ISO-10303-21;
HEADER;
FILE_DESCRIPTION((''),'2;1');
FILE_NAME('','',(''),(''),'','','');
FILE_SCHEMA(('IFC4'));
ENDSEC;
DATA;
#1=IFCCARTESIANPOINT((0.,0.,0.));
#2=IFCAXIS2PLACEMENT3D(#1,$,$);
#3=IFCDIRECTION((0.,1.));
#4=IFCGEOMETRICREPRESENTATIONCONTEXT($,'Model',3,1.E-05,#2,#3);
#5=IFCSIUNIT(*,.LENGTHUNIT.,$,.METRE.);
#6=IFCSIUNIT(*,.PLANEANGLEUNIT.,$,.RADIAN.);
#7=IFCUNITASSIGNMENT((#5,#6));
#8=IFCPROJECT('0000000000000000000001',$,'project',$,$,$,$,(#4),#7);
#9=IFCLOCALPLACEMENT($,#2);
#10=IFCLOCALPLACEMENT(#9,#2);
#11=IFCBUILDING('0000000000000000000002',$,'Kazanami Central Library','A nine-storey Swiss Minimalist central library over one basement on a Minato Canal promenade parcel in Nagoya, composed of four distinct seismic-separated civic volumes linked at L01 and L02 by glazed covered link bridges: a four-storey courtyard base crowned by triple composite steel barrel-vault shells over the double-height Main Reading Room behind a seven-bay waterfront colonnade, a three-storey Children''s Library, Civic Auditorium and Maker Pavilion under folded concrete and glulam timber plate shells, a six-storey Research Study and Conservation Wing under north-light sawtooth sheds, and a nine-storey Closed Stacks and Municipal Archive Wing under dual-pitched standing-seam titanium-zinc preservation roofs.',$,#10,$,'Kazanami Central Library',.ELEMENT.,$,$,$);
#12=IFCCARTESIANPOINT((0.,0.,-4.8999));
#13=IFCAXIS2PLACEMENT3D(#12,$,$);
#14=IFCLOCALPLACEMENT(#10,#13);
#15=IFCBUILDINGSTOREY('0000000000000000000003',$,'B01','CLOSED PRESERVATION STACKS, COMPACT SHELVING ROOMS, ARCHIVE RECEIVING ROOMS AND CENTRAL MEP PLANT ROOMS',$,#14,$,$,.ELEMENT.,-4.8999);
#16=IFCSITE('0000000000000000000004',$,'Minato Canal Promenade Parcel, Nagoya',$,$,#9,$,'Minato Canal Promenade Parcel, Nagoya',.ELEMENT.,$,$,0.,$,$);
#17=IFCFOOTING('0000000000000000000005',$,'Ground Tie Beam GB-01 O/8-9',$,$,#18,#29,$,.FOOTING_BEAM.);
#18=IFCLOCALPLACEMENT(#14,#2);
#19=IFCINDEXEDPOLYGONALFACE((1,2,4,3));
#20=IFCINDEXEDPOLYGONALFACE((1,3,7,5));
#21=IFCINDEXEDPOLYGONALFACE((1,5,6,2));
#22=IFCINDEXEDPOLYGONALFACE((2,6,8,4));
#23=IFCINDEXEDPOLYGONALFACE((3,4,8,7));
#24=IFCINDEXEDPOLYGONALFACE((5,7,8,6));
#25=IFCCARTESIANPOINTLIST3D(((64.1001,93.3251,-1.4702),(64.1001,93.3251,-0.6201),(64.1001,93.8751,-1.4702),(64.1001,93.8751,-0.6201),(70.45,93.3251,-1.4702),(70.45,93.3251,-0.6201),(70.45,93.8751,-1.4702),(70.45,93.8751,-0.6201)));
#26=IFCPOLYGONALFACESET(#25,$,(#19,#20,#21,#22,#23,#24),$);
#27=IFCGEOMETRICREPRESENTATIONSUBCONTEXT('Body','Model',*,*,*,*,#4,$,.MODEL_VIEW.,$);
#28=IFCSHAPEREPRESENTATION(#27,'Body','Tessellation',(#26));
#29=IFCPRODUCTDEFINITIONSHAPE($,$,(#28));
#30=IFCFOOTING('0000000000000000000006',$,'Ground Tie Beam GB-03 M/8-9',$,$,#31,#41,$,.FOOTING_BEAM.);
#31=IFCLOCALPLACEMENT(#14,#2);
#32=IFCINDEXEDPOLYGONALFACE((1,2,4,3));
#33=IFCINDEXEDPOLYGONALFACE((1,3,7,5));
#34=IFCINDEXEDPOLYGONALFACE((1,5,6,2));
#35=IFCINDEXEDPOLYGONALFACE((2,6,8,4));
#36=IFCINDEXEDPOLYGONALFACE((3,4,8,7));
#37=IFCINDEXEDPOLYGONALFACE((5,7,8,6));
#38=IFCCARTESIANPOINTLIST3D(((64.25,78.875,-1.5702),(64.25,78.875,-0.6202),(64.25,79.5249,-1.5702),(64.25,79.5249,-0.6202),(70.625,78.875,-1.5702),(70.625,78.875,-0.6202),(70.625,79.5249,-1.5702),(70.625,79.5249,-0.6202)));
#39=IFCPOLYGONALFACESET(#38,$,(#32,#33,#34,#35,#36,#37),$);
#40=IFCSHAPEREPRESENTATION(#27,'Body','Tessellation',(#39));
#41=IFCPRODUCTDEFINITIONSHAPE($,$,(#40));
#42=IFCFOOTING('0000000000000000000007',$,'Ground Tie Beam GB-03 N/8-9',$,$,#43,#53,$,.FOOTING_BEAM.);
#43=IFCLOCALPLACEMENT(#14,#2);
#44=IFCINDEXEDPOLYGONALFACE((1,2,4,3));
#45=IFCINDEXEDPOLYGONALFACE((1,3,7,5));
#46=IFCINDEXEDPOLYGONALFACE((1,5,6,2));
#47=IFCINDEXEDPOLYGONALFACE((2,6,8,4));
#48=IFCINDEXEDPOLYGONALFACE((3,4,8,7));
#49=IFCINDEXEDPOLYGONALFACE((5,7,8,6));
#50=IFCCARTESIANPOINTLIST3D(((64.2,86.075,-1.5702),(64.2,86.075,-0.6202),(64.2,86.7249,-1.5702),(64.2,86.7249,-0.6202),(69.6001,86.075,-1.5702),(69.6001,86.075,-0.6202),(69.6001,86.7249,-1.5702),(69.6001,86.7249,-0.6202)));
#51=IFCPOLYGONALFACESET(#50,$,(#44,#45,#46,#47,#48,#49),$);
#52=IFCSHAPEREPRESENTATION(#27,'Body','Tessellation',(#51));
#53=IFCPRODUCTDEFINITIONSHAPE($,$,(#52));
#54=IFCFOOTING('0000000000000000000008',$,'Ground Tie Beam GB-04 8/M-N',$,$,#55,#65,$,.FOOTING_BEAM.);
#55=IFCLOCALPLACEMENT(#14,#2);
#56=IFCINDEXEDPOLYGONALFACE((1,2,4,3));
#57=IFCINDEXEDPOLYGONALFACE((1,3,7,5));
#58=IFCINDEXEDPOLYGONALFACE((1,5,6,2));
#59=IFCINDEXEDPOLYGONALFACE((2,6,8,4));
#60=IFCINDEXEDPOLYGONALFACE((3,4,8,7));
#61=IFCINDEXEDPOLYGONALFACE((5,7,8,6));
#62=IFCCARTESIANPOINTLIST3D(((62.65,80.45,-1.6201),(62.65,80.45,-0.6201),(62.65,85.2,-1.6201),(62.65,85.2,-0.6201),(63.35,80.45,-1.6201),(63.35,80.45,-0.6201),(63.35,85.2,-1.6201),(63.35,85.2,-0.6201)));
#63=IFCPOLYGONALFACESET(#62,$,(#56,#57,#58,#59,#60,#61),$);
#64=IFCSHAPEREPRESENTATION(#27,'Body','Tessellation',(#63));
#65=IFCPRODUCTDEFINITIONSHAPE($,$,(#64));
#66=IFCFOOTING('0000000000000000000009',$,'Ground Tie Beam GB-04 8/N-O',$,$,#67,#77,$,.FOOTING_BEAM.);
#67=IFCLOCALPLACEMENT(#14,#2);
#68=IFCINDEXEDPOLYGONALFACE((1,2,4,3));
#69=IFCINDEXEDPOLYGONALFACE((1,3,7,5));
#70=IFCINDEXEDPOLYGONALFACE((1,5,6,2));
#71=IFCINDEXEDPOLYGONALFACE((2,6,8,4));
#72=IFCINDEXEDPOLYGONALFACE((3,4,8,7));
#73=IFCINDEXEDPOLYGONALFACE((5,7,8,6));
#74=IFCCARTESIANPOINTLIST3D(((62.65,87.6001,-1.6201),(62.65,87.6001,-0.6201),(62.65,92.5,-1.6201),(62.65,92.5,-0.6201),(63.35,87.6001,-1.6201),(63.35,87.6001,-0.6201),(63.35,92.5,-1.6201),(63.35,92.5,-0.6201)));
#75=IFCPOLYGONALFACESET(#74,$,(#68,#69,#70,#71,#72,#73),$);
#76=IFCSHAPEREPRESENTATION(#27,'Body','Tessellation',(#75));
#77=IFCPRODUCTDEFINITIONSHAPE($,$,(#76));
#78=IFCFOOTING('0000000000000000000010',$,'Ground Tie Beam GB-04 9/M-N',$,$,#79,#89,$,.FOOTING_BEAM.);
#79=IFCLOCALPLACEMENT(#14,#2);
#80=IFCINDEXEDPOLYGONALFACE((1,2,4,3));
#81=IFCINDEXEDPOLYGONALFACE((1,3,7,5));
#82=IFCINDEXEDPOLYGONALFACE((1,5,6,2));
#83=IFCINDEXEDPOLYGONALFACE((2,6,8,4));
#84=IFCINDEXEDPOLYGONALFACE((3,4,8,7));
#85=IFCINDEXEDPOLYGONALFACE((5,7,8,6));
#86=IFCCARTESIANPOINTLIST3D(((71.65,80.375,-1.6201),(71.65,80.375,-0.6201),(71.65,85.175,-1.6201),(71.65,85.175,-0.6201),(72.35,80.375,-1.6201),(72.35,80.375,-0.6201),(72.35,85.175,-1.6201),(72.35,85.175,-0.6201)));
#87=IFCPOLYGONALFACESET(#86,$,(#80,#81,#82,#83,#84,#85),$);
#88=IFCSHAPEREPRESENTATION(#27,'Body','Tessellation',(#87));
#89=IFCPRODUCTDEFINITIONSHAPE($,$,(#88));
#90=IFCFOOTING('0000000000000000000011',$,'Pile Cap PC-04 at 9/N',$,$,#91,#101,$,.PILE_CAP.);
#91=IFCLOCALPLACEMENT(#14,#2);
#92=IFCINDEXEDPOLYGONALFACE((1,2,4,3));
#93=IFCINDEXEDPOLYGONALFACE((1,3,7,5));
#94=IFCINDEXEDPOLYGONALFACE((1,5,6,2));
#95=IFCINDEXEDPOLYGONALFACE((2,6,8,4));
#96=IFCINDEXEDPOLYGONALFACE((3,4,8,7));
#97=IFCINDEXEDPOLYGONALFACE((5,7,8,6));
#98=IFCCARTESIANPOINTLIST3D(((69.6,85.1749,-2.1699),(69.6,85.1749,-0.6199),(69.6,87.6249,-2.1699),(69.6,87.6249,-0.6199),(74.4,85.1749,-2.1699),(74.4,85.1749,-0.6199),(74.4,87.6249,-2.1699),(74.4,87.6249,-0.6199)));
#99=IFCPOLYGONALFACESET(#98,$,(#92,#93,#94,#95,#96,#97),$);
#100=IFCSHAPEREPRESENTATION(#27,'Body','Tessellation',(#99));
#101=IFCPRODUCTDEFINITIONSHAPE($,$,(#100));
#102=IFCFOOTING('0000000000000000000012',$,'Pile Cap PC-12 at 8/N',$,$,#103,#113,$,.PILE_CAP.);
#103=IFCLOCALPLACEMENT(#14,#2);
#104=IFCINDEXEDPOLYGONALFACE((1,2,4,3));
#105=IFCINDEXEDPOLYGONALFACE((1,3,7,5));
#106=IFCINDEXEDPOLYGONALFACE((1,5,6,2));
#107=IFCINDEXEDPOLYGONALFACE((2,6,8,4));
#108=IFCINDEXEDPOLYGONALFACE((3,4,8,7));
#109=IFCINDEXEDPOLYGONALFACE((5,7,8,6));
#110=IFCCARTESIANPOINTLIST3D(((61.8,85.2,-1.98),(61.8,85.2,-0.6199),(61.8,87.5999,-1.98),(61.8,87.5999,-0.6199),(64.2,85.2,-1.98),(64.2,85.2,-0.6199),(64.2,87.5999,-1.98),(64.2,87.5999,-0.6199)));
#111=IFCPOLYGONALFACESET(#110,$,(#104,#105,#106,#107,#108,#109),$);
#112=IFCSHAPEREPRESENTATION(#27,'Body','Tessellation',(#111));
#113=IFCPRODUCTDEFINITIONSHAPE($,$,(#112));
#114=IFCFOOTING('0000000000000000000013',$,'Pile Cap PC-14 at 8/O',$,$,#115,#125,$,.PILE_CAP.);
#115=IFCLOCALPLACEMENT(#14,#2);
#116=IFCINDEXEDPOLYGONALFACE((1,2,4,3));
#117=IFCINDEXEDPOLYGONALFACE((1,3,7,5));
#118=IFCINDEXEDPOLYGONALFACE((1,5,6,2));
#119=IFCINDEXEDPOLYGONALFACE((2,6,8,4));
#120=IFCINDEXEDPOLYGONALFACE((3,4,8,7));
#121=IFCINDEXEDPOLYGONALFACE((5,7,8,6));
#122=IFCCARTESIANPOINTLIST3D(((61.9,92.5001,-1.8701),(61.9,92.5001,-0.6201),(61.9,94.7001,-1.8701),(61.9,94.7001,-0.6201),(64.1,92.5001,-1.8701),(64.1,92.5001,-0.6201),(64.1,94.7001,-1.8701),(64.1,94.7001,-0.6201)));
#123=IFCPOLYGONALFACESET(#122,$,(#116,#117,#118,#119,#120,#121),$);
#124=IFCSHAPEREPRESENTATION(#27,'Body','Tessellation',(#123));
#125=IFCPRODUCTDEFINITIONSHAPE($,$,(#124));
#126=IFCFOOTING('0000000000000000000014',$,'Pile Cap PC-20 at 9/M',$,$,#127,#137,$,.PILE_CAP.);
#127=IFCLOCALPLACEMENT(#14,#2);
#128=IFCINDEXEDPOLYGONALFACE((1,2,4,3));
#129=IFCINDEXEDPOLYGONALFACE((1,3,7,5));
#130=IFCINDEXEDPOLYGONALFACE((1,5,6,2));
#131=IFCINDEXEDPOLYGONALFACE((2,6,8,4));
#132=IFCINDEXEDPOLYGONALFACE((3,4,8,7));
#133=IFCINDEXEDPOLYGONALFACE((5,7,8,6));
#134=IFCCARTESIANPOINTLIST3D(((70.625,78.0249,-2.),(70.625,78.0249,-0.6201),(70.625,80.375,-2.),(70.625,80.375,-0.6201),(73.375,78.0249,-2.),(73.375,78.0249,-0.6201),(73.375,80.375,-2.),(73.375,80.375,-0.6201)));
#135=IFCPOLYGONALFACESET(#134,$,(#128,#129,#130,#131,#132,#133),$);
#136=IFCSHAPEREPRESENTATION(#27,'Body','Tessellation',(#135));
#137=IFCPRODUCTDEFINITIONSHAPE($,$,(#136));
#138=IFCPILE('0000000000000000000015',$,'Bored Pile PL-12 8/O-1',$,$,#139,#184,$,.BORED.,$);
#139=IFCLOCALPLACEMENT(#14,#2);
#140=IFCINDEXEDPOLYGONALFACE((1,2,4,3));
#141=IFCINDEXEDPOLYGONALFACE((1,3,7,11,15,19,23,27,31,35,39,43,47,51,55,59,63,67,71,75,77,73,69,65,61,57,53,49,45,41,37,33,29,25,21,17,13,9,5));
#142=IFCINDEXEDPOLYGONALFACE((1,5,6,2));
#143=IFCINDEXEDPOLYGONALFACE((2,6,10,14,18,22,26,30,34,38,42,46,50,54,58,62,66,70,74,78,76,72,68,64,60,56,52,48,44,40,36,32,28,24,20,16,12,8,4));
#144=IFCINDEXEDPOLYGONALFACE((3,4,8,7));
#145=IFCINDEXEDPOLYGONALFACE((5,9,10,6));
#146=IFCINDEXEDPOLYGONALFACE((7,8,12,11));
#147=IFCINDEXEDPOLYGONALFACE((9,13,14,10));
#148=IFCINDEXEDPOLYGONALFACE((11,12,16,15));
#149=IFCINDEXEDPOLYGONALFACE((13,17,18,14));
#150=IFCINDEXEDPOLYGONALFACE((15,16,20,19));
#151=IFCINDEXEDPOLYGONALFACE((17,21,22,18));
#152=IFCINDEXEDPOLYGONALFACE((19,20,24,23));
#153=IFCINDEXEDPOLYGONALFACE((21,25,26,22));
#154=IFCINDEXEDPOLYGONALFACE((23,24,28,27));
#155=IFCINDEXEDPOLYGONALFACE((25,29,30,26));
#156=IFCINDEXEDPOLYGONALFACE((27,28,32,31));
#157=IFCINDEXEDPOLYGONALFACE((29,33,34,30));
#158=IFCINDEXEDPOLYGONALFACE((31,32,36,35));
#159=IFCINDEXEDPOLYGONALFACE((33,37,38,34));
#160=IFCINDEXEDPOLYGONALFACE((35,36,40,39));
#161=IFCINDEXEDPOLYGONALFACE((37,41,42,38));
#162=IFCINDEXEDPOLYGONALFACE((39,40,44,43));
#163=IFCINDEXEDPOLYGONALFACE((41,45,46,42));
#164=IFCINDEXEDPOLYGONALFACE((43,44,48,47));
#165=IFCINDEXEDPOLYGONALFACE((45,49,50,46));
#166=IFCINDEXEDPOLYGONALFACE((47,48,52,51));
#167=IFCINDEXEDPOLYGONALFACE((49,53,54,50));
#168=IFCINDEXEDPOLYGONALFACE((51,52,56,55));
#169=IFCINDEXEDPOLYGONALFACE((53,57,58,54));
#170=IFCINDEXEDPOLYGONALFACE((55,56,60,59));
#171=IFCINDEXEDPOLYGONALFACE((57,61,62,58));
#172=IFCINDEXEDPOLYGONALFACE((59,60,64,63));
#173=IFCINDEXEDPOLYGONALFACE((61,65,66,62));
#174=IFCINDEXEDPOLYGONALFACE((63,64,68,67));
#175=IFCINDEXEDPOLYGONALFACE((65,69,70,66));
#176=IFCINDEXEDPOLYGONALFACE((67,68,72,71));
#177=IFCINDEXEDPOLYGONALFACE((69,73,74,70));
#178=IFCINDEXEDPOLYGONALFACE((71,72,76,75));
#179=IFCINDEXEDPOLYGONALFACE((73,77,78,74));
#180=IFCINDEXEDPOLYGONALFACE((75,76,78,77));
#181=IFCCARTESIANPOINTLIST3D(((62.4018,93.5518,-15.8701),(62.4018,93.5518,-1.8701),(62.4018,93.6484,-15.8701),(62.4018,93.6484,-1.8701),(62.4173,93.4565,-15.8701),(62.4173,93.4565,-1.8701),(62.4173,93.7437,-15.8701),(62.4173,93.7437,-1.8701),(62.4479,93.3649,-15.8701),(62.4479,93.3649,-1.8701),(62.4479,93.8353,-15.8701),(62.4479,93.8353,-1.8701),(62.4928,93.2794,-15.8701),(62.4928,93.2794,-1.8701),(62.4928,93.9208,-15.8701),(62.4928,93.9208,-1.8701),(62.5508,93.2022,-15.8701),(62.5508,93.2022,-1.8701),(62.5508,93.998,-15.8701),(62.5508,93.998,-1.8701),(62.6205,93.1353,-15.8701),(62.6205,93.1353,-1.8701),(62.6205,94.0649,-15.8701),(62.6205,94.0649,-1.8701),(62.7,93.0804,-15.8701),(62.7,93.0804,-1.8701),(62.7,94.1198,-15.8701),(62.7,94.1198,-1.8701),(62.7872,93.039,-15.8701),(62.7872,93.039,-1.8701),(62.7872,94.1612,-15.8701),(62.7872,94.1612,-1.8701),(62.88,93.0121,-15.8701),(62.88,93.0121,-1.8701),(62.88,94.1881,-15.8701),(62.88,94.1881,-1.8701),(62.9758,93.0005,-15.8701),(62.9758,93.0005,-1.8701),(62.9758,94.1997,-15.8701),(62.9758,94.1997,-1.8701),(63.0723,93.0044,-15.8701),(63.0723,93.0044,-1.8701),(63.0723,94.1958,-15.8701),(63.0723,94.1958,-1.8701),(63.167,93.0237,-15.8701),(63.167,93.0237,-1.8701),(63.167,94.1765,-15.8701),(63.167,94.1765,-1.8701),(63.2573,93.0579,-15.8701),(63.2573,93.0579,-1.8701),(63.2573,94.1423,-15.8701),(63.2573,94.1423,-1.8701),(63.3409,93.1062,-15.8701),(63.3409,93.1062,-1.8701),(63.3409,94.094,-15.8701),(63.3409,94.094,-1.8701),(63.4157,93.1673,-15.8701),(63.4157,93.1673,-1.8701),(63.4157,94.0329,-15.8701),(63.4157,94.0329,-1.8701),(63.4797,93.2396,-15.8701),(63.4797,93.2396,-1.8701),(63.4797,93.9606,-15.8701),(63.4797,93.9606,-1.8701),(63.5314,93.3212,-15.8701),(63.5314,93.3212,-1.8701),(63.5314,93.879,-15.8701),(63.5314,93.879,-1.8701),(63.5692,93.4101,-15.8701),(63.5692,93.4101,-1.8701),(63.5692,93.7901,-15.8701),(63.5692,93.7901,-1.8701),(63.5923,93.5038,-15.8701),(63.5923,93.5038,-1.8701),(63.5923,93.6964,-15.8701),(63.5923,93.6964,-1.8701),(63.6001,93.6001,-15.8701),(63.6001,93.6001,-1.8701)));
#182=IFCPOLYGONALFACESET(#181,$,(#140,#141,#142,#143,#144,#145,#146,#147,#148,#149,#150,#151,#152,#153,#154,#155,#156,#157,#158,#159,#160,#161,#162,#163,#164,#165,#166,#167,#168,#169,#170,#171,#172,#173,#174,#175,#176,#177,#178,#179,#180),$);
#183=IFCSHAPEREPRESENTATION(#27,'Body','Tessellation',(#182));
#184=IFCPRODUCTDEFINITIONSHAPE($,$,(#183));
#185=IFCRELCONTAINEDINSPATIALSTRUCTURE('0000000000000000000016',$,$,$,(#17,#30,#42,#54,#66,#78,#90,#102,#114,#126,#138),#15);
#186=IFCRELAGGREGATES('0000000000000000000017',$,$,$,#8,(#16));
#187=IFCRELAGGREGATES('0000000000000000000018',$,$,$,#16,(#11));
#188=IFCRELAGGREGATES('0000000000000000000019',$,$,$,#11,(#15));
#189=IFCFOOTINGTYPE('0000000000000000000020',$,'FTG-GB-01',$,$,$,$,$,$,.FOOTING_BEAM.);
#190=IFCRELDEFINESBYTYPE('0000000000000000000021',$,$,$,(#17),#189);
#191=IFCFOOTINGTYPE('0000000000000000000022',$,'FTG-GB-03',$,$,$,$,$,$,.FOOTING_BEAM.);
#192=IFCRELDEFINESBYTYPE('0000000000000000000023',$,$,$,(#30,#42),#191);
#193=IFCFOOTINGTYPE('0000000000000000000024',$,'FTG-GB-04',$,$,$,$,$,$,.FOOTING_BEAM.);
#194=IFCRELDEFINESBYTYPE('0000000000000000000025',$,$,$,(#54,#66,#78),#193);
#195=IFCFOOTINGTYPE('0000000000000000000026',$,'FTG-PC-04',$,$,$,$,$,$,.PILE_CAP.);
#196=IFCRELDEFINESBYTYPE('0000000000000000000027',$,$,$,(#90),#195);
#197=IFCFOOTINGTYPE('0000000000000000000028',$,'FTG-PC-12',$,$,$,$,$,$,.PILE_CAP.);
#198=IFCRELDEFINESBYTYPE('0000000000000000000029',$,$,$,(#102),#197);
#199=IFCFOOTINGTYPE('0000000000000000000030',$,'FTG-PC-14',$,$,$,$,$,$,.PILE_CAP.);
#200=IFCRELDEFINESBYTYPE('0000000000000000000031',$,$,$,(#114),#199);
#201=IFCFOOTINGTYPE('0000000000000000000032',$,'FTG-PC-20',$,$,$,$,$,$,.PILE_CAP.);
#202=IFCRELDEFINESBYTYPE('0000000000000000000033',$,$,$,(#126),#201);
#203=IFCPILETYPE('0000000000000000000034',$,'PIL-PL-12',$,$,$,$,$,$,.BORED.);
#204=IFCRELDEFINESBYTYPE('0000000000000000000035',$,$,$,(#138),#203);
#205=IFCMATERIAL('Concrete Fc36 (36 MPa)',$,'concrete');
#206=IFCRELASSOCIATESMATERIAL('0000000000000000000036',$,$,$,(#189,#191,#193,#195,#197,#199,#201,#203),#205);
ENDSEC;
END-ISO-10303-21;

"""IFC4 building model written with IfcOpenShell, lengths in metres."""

from ifc_helpers import new_model, si_unit, direction, frame, origin, origin_2d, place, context, subcontext, project, spatial, rectangle, circle, extrude, material, material_profile, profile_set, type_object, element, save


model = new_model("IFC4")

# Units and contexts
model_context = context("Model", 3, precision=1e-05, world=origin(), true_north=direction((0.0, 1.0)))
body_context = subcontext(model_context, "Body", "Model", "MODEL_VIEW")
ifc_project = project(units=[si_unit("LENGTHUNIT", "METRE"), si_unit("PLANEANGLEUNIT", "RADIAN")], contexts=[model_context])

# Site, building, storey
site_placement = place(None, origin())
site = spatial("IfcSite", under=ifc_project, at=site_placement, Name="Minato Canal Promenade Parcel, Nagoya", LongName="Minato Canal Promenade Parcel, Nagoya", CompositionType="ELEMENT", RefElevation=0.0)
building_placement = place(site_placement, origin())
building = spatial("IfcBuilding", under=site, at=building_placement, Name="Kazanami Central Library", Description="A nine-storey Swiss Minimalist central library over one basement on a Minato Canal promenade parcel in Nagoya, composed of four distinct seismic-separated civic volumes linked at L01 and L02 by glazed covered link bridges: a four-storey courtyard base crowned by triple composite steel barrel-vault shells over the double-height Main Reading Room behind a seven-bay waterfront colonnade, a three-storey Children's Library, Civic Auditorium and Maker Pavilion under folded concrete and glulam timber plate shells, a six-storey Research Study and Conservation Wing under north-light sawtooth sheds, and a nine-storey Closed Stacks and Municipal Archive Wing under dual-pitched standing-seam titanium-zinc preservation roofs.", LongName="Kazanami Central Library", CompositionType="ELEMENT")
storey_placement = place(building_placement, frame((0.0, 0.0, -4.8999)))
storey = spatial("IfcBuildingStorey", under=building, at=storey_placement, Name="B01", Description="CLOSED PRESERVATION STACKS, COMPACT SHELVING ROOMS, ARCHIVE RECEIVING ROOMS AND CENTRAL MEP PLANT ROOMS", CompositionType="ELEMENT", Elevation=-4.8999)

# Footings
ifc_material_1 = material(Name="Concrete Fc36 (36 MPa)", Category="concrete")
ifc_material_profile_1 = material_profile(ifc_material_1, rectangle(XDim=0.55, YDim=0.8501, at=origin_2d()), Name="RC-550x850")
ifc_profile_set_1 = profile_set([ifc_material_profile_1], Name="Concrete Fc36 (36 MPa)")
footing_type_1 = type_object("IfcFootingType", Name="FTG-GB-01", PredefinedType="FOOTING_BEAM", material=ifc_profile_set_1)
footing_1_placement = place(storey_placement, frame((64.1001, 93.6001, -1.0452), z_axis=(1.0, 0.0, 0.0), x_axis=(0.0, 1.0, 0.0)))
element("IfcFooting", 1, at=footing_1_placement, inside=storey, type_object=footing_type_1, Name="Ground Tie Beam GB-01 O/8-9", PredefinedType="FOOTING_BEAM", context=body_context, shape_type="SweptSolid", body=[
    extrude(rectangle(XDim=0.55, YDim=0.8501, at=origin_2d()), origin(), (0.0, 0.0, 1.0), 6.3499),
])
ifc_material_profile_2 = material_profile(ifc_material_1, rectangle(XDim=0.6499, YDim=0.95, at=origin_2d()), Name="RC-650x950")
ifc_profile_set_2 = profile_set([ifc_material_profile_2], Name="Concrete Fc36 (36 MPa)")
footing_type_2 = type_object("IfcFootingType", Name="FTG-GB-03", PredefinedType="FOOTING_BEAM", material=ifc_profile_set_2)
footing_2_placement = place(storey_placement, frame((64.25, 79.2, -1.0952), z_axis=(1.0, 0.0, 0.0), x_axis=(0.0, 1.0, 0.0)))
element("IfcFooting", 2, at=footing_2_placement, inside=storey, type_object=footing_type_2, Name="Ground Tie Beam GB-03 M/8-9", PredefinedType="FOOTING_BEAM", context=body_context, shape_type="SweptSolid", body=[
    extrude(rectangle(XDim=0.6499, YDim=0.95, at=origin_2d()), origin(), (0.0, 0.0, 1.0), 6.375),
])
footing_3_placement = place(storey_placement, frame((64.2, 86.3999, -1.0952), z_axis=(1.0, 0.0, 0.0), x_axis=(0.0, 1.0, 0.0)))
element("IfcFooting", 3, at=footing_3_placement, inside=storey, type_object=footing_type_2, Name="Ground Tie Beam GB-03 N/8-9", PredefinedType="FOOTING_BEAM", context=body_context, shape_type="SweptSolid", body=[
    extrude(rectangle(XDim=0.6499, YDim=0.95, at=origin_2d()), origin(), (0.0, 0.0, 1.0), 5.4001),
])
ifc_material_profile_3 = material_profile(ifc_material_1, rectangle(XDim=0.7, YDim=1.0, at=origin_2d()), Name="RC-700x1000")
ifc_profile_set_3 = profile_set([ifc_material_profile_3], Name="Concrete Fc36 (36 MPa)")
footing_type_3 = type_object("IfcFootingType", Name="FTG-GB-04", PredefinedType="FOOTING_BEAM", material=ifc_profile_set_3)
footing_4_placement = place(storey_placement, frame((63.0, 80.45, -1.1201), z_axis=(0.0, 1.0, 0.0), x_axis=(-1.0, 0.0, 0.0)))
element("IfcFooting", 4, at=footing_4_placement, inside=storey, type_object=footing_type_3, Name="Ground Tie Beam GB-04 8/M-N", PredefinedType="FOOTING_BEAM", context=body_context, shape_type="SweptSolid", body=[
    extrude(rectangle(XDim=0.7, YDim=1.0, at=origin_2d()), origin(), (0.0, 0.0, 1.0), 4.75),
])
footing_5_placement = place(storey_placement, frame((63.0, 87.6001, -1.1201), z_axis=(0.0, 1.0, 0.0), x_axis=(-1.0, 0.0, 0.0)))
element("IfcFooting", 5, at=footing_5_placement, inside=storey, type_object=footing_type_3, Name="Ground Tie Beam GB-04 8/N-O", PredefinedType="FOOTING_BEAM", context=body_context, shape_type="SweptSolid", body=[
    extrude(rectangle(XDim=0.7, YDim=1.0, at=origin_2d()), origin(), (0.0, 0.0, 1.0), 4.8999),
])
footing_6_placement = place(storey_placement, frame((72.0, 80.375, -1.1201), z_axis=(0.0, 1.0, 0.0), x_axis=(-1.0, 0.0, 0.0)))
element("IfcFooting", 6, at=footing_6_placement, inside=storey, type_object=footing_type_3, Name="Ground Tie Beam GB-04 9/M-N", PredefinedType="FOOTING_BEAM", context=body_context, shape_type="SweptSolid", body=[
    extrude(rectangle(XDim=0.7, YDim=1.0, at=origin_2d()), origin(), (0.0, 0.0, 1.0), 4.8),
])
footing_type_4 = type_object("IfcFootingType", Name="FTG-PC-04", PredefinedType="PILE_CAP", material=ifc_material_1)
footing_7_placement = place(storey_placement, frame((72.0, 86.3999, -2.1699), z_axis=(0.0, 0.0, 1.0), x_axis=(1.0, 0.0, 0.0)))
element("IfcFooting", 7, at=footing_7_placement, inside=storey, type_object=footing_type_4, Name="Pile Cap PC-04 at 9/N", PredefinedType="PILE_CAP", context=body_context, shape_type="SweptSolid", body=[
    extrude(rectangle(XDim=4.8, YDim=2.45, at=origin_2d()), origin(), (0.0, 0.0, 1.0), 1.55),
])
footing_type_5 = type_object("IfcFootingType", Name="FTG-PC-12", PredefinedType="PILE_CAP", material=ifc_material_1)
footing_8_placement = place(storey_placement, frame((63.0, 86.3999, -1.98), z_axis=(0.0, 0.0, 1.0), x_axis=(1.0, 0.0, 0.0)))
element("IfcFooting", 8, at=footing_8_placement, inside=storey, type_object=footing_type_5, Name="Pile Cap PC-12 at 8/N", PredefinedType="PILE_CAP", context=body_context, shape_type="SweptSolid", body=[
    extrude(rectangle(XDim=2.3999, YDim=2.3999, at=origin_2d()), origin(), (0.0, 0.0, 1.0), 1.3601),
])
footing_type_6 = type_object("IfcFootingType", Name="FTG-PC-14", PredefinedType="PILE_CAP", material=ifc_material_1)
footing_9_placement = place(storey_placement, frame((63.0, 93.6001, -1.8701), z_axis=(0.0, 0.0, 1.0), x_axis=(1.0, 0.0, 0.0)))
element("IfcFooting", 9, at=footing_9_placement, inside=storey, type_object=footing_type_6, Name="Pile Cap PC-14 at 8/O", PredefinedType="PILE_CAP", context=body_context, shape_type="SweptSolid", body=[
    extrude(rectangle(XDim=2.2, YDim=2.2, at=origin_2d()), origin(), (0.0, 0.0, 1.0), 1.25),
])
footing_type_7 = type_object("IfcFootingType", Name="FTG-PC-20", PredefinedType="PILE_CAP", material=ifc_material_1)
footing_10_placement = place(storey_placement, frame((72.0, 79.2, -2.0), z_axis=(0.0, 0.0, 1.0), x_axis=(1.0, 0.0, 0.0)))
element("IfcFooting", 10, at=footing_10_placement, inside=storey, type_object=footing_type_7, Name="Pile Cap PC-20 at 9/M", PredefinedType="PILE_CAP", context=body_context, shape_type="SweptSolid", body=[
    extrude(rectangle(XDim=2.75, YDim=2.3501, at=origin_2d()), origin(), (0.0, 0.0, 1.0), 1.3799),
])

# Pile
ifc_material_profile_4 = material_profile(ifc_material_1, circle(Radius=0.6001, at=origin_2d()), Name="BORED-D1200")
ifc_profile_set_4 = profile_set([ifc_material_profile_4], Name="Concrete Fc36 (36 MPa)")
pile_type_1 = type_object("IfcPileType", Name="PIL-PL-12", PredefinedType="BORED", material=ifc_profile_set_4)
pile_1_placement = place(storey_placement, frame((63.0, 93.6001, -1.8701), z_axis=(0.0, 0.0, -1.0), x_axis=(1.0, 0.0, 0.0)))
element("IfcPile", 11, at=pile_1_placement, inside=storey, type_object=pile_type_1, Name="Bored Pile PL-12 8/O-1", PredefinedType="BORED", context=body_context, shape_type="SweptSolid", body=[
    extrude(circle(Radius=0.6001, at=origin_2d()), origin(), (0.0, 0.0, 1.0), 14.0),
])

save(model, "model.ifc")
